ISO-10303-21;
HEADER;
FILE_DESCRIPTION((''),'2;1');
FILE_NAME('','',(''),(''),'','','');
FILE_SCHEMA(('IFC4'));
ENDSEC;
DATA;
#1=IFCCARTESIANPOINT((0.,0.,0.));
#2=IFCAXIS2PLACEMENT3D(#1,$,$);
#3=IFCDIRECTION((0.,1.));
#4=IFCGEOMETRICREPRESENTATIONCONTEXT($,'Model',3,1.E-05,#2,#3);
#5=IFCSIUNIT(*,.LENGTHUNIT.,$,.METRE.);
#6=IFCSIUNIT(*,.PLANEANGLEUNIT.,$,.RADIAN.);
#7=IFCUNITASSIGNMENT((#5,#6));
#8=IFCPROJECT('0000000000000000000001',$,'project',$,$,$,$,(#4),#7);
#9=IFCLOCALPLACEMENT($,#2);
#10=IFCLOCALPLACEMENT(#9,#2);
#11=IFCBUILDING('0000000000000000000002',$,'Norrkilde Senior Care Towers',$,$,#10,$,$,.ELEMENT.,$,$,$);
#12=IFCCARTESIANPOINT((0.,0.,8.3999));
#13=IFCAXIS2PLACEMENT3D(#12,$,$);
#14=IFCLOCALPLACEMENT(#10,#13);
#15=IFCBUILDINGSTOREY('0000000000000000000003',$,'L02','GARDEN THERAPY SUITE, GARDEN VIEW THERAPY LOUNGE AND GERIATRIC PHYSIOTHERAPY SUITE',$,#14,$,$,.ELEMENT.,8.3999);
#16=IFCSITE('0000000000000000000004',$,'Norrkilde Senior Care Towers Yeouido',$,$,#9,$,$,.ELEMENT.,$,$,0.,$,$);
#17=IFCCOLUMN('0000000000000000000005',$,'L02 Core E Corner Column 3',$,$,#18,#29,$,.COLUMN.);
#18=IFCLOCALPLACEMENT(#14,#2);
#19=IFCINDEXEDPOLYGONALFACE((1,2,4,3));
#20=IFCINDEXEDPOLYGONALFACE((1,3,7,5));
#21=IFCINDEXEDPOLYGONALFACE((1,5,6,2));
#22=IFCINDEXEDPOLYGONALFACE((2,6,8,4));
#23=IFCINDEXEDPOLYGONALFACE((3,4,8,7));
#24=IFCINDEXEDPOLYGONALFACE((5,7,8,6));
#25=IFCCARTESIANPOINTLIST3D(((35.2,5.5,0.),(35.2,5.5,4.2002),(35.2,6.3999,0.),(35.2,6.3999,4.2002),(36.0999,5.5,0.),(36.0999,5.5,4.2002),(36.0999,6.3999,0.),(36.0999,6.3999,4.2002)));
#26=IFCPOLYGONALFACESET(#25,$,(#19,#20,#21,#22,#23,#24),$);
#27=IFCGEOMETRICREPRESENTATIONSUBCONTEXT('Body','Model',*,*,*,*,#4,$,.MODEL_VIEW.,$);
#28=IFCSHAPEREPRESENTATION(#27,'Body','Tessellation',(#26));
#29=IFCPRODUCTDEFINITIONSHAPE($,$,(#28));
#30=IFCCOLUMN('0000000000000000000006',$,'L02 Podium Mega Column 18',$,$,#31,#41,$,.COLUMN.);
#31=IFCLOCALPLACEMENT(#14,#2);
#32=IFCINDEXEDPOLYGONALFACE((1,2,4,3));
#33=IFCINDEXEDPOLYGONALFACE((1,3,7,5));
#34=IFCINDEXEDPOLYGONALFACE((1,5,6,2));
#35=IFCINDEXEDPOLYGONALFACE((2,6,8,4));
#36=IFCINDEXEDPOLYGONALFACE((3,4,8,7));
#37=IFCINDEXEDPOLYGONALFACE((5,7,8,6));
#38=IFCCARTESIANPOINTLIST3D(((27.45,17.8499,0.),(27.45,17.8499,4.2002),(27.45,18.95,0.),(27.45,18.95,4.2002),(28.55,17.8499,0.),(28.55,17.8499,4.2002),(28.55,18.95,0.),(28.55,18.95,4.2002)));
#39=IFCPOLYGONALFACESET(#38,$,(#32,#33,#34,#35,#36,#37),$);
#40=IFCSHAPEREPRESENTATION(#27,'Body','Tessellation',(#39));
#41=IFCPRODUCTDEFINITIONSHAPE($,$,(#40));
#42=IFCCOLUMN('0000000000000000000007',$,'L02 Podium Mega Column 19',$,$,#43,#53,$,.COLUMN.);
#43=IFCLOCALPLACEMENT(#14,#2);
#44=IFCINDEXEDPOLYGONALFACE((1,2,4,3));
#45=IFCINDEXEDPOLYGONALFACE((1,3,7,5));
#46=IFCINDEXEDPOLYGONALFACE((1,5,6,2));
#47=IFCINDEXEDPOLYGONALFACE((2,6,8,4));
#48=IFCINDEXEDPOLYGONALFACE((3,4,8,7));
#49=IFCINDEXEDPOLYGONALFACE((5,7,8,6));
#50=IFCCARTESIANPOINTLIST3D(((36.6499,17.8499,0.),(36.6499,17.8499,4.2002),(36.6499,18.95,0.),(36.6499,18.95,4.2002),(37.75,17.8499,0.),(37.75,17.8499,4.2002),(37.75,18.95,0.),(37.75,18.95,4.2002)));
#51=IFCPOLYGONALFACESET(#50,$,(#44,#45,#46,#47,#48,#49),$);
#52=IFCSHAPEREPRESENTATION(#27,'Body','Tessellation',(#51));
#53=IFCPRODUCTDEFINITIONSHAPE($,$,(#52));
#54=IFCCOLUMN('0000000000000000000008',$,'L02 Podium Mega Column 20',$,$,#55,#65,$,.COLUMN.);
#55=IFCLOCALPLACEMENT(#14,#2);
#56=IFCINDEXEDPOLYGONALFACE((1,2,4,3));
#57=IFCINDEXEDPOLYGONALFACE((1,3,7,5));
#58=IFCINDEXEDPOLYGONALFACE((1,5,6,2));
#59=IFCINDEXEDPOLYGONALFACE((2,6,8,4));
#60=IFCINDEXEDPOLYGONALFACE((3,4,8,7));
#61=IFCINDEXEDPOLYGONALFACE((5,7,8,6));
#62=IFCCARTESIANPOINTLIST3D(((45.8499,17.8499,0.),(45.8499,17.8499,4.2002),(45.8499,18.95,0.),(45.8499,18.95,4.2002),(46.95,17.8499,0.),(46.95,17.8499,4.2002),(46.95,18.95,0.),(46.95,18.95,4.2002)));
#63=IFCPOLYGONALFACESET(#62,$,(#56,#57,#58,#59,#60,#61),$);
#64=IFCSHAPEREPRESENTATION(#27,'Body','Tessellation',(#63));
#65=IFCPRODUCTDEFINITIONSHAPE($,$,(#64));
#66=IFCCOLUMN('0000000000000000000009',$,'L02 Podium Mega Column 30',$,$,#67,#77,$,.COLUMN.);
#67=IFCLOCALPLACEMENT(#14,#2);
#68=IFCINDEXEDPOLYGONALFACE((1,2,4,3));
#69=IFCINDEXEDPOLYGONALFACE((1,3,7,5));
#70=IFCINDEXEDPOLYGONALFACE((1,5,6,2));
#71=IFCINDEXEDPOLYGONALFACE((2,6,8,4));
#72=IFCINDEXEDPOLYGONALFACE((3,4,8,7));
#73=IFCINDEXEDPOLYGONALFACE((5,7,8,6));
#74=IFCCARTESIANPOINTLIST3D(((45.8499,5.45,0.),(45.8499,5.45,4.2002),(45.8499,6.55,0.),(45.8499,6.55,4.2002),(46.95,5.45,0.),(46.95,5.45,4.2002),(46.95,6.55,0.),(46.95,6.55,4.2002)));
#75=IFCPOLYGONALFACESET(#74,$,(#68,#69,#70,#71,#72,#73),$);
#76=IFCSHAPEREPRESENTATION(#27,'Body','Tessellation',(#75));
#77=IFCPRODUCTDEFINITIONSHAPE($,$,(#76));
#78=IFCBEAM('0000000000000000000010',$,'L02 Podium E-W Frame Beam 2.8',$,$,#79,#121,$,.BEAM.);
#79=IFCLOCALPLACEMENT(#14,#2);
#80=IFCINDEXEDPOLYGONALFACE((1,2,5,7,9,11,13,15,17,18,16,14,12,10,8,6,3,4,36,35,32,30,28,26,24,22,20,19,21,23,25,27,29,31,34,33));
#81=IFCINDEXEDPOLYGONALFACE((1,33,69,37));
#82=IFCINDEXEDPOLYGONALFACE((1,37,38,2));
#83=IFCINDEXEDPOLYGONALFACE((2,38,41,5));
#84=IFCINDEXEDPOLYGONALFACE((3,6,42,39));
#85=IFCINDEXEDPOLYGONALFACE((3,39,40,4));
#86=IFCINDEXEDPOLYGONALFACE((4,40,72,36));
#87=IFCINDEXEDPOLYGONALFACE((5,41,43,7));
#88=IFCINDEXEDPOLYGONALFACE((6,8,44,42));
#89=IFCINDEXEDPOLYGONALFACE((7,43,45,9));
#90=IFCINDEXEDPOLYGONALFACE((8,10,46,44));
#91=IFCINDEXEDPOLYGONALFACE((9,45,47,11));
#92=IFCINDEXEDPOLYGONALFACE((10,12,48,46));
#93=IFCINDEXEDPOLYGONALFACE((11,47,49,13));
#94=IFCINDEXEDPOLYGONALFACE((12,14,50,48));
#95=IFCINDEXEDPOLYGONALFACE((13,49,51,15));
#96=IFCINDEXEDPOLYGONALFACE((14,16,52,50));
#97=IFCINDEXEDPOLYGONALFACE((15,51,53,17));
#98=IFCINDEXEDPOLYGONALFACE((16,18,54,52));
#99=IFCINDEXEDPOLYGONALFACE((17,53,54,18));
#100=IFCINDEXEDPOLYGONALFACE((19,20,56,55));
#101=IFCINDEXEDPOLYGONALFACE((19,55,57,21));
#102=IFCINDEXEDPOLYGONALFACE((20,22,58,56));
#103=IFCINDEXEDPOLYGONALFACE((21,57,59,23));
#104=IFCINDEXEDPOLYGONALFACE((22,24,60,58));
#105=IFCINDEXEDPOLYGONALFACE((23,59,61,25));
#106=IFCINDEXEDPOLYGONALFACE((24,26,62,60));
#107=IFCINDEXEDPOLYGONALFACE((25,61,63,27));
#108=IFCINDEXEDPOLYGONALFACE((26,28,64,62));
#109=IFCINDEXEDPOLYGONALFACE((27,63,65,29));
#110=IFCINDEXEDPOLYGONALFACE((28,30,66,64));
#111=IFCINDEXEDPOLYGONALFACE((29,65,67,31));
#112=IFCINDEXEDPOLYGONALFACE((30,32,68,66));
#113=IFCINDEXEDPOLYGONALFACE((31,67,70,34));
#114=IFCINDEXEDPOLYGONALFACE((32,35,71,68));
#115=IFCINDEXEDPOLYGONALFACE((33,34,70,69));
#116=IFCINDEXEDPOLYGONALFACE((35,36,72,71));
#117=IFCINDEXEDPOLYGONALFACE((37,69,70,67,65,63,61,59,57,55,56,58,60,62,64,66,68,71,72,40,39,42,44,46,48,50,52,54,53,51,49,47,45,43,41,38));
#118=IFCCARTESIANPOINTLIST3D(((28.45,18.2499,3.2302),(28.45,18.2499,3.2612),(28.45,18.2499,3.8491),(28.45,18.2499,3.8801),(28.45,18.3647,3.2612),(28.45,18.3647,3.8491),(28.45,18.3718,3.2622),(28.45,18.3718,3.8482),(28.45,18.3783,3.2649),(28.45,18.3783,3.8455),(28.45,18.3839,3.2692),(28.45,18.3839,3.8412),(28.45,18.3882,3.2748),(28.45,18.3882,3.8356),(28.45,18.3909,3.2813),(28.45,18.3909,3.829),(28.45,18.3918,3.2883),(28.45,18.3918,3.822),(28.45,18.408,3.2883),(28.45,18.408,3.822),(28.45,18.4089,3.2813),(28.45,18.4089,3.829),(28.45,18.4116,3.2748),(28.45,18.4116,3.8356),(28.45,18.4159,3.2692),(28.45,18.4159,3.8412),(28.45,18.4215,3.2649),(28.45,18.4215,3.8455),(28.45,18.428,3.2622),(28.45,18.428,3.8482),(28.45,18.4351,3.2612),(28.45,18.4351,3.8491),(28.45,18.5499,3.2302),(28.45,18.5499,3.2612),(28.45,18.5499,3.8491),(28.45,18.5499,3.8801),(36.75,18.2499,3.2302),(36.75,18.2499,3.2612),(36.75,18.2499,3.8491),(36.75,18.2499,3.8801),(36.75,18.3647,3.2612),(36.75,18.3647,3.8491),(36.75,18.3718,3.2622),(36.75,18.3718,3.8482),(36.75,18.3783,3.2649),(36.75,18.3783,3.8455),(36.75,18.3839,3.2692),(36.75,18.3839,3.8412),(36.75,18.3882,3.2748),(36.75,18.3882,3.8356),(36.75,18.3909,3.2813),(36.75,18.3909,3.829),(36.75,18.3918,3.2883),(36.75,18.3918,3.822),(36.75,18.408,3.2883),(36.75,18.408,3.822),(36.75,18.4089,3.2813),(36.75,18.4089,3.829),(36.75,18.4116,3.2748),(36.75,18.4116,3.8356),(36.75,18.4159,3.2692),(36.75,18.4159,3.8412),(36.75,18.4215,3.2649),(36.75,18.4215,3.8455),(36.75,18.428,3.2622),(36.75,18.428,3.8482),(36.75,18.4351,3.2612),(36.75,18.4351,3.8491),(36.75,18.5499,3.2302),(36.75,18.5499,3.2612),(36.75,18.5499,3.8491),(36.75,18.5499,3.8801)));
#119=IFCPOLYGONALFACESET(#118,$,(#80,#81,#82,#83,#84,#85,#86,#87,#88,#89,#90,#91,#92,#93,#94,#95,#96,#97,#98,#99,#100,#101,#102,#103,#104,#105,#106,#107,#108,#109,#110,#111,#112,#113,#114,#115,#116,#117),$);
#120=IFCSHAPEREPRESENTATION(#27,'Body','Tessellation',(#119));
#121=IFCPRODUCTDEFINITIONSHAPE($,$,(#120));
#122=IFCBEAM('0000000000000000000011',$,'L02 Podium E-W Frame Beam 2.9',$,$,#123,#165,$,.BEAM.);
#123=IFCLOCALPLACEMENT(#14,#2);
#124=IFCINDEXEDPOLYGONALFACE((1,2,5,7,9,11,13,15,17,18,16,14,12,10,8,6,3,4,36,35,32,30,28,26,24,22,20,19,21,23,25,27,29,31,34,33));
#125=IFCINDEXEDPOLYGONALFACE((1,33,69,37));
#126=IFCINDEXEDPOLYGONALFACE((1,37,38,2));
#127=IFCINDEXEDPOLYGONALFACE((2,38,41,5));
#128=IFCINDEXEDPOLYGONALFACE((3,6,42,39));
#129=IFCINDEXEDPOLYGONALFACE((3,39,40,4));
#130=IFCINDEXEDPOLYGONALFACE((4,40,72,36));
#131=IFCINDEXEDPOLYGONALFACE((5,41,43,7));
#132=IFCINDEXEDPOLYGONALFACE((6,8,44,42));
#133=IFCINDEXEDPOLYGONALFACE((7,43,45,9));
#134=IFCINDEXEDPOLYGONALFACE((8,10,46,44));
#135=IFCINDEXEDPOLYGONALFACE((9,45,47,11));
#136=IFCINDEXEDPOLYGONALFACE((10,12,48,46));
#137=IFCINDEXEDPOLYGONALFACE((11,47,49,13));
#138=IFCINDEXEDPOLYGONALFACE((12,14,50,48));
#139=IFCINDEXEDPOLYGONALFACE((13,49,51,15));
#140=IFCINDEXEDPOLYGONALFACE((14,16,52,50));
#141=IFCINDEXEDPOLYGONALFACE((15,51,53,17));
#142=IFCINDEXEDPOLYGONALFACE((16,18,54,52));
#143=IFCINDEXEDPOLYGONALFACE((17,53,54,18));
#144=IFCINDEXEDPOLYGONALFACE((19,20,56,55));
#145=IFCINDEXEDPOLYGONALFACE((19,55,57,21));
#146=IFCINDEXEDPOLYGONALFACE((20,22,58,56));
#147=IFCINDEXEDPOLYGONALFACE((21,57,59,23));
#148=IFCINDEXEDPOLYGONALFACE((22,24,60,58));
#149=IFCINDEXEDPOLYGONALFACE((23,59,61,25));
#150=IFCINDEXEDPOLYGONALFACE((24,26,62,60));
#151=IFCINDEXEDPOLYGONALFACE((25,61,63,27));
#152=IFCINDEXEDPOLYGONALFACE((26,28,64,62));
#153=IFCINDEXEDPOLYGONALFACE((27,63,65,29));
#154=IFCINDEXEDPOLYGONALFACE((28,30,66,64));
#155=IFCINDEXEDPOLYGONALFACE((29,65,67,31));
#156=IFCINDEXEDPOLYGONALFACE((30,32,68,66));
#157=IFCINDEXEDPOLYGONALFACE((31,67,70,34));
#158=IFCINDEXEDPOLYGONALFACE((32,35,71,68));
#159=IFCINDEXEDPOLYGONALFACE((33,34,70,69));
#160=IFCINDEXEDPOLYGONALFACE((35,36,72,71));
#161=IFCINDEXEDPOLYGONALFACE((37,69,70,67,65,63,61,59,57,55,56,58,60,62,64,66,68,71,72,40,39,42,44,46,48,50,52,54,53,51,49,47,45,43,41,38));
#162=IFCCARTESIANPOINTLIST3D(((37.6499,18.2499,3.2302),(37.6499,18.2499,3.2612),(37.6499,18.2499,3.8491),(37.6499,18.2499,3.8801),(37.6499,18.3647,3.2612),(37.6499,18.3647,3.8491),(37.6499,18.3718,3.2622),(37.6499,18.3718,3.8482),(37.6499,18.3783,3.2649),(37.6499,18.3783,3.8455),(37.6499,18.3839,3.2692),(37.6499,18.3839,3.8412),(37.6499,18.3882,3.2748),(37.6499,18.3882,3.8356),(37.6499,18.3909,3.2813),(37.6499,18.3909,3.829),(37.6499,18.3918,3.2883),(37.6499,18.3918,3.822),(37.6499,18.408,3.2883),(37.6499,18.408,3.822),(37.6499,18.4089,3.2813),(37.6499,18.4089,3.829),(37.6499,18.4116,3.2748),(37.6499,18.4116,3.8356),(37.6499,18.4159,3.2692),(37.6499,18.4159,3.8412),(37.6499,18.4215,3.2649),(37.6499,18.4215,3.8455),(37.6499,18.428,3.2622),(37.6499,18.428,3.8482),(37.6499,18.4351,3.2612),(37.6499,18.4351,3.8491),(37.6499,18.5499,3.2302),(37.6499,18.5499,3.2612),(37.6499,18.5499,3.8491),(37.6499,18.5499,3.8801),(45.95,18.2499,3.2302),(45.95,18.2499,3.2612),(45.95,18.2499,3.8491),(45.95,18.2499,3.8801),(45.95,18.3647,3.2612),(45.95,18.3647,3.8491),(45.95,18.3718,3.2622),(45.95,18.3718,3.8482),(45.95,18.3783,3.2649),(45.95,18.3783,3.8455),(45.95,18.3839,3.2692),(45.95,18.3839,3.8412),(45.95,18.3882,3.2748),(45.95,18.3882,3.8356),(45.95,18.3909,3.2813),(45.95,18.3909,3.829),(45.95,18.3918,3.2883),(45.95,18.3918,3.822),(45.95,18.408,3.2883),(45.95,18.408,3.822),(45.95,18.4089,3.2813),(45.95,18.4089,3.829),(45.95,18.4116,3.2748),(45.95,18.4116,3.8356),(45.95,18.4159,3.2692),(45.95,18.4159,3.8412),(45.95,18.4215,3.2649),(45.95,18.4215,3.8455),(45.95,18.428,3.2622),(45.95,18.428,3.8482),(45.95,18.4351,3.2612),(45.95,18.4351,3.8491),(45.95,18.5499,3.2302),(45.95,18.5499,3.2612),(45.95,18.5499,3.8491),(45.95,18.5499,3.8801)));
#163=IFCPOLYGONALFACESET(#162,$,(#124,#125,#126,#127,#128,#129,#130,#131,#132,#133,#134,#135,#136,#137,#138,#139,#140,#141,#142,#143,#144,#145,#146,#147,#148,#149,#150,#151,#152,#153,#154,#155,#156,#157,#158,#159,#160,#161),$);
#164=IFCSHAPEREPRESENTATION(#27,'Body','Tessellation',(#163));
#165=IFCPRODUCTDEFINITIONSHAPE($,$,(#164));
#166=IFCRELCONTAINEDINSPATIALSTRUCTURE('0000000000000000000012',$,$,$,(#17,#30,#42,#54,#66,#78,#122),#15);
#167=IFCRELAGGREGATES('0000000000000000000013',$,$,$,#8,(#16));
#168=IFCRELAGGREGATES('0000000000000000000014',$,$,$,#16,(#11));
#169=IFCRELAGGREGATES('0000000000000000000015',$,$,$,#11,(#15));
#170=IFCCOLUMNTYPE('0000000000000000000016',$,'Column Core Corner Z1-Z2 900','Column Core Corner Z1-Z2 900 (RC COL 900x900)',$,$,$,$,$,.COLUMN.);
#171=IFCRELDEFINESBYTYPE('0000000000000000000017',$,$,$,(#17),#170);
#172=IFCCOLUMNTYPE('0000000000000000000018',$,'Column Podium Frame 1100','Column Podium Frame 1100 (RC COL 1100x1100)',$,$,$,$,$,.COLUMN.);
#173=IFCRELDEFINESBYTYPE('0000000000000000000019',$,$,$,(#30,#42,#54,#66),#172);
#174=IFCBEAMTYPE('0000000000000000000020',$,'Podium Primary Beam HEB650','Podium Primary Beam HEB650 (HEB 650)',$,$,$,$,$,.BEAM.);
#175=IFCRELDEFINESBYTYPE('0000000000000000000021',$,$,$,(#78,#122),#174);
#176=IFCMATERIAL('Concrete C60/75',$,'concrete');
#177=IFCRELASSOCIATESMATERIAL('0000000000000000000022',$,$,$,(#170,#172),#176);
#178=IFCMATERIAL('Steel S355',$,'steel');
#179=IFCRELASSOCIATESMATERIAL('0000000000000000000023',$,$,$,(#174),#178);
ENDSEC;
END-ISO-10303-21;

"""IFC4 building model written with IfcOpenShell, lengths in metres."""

from ifc_helpers import new_model, si_unit, direction, frame, origin, origin_2d, place, context, subcontext, project, spatial, rectangle, i_section, extrude, source, transform, mapped, material, material_profile, profile_set, type_object, type_shapes, element, save


model = new_model("IFC4")

# Units and contexts
model_context = context("Model", 3, precision=1e-05, world=origin(), true_north=direction((0.0, 1.0)))
body_context = subcontext(model_context, "Body", "Model", "MODEL_VIEW")
ifc_project = project(units=[si_unit("LENGTHUNIT", "METRE"), si_unit("PLANEANGLEUNIT", "RADIAN")], contexts=[model_context])

# Site, building, storey
site_placement = place(None, origin())
site = spatial("IfcSite", under=ifc_project, at=site_placement, Name="Norrkilde Senior Care Towers Yeouido", CompositionType="ELEMENT", RefElevation=0.0)
building_placement = place(site_placement, origin())
building = spatial("IfcBuilding", under=site, at=building_placement, Name="Norrkilde Senior Care Towers", CompositionType="ELEMENT")
storey_placement = place(building_placement, frame((0.0, 0.0, 8.3999)))
storey = spatial("IfcBuildingStorey", under=building, at=storey_placement, Name="L02", Description="GARDEN THERAPY SUITE, GARDEN VIEW THERAPY LOUNGE AND GERIATRIC PHYSIOTHERAPY SUITE", CompositionType="ELEMENT", Elevation=8.3999)

# Columns
ifc_material_1 = material(Name="Concrete C60/75", Category="concrete")
ifc_material_profile_1 = material_profile(ifc_material_1, rectangle(XDim=0.8999, YDim=0.8999, at=origin_2d()), Name="RC COL 900x900")
ifc_profile_set_1 = profile_set([ifc_material_profile_1], Name="Concrete C60/75")
column_type_1 = type_object("IfcColumnType", Name="Column Core Corner Z1-Z2 900", Description="Column Core Corner Z1-Z2 900 (RC COL 900x900)", PredefinedType="COLUMN", material=ifc_profile_set_1)
shared_shape_1 = source(origin(), body_context, "Body", "SweptSolid", [
    extrude(rectangle(XDim=0.8999, YDim=0.8999, at=origin_2d()), origin(), (0.0, 0.0, 1.0), 4.2002),
])
type_shapes(column_type_1, [shared_shape_1])
column_placement = place(storey_placement, frame((35.6499, 5.95, 0.0), z_axis=(0.0, 0.0, 1.0), x_axis=(1.0, 0.0, 0.0)))
element("IfcColumn", 1, at=column_placement, inside=storey, type_object=column_type_1, Name="L02 Core E Corner Column 3", PredefinedType="COLUMN", context=body_context, shape_type="MappedRepresentation", body=[
    mapped(shared_shape_1, transform((0.0, 0.0, 0.0), x_axis=(1.0, 0.0, 0.0), y_axis=(0.0, 1.0, 0.0), z_axis=(0.0, 0.0, 1.0), scale=1.0)),
])
ifc_material_profile_2 = material_profile(ifc_material_1, rectangle(XDim=1.1001, YDim=1.1001, at=origin_2d()), Name="RC COL 1100x1100")
ifc_profile_set_2 = profile_set([ifc_material_profile_2], Name="Concrete C60/75")
column_type_2 = type_object("IfcColumnType", Name="Column Podium Frame 1100", Description="Column Podium Frame 1100 (RC COL 1100x1100)", PredefinedType="COLUMN", material=ifc_profile_set_2)
shared_shape_2 = source(origin(), body_context, "Body", "SweptSolid", [
    extrude(rectangle(XDim=1.1001, YDim=1.1001, at=origin_2d()), origin(), (0.0, 0.0, 1.0), 4.2002),
])
type_shapes(column_type_2, [shared_shape_2])
for number, where, z_axis, x_axis, name in (
    (2, (28.0, 18.3999, 0.0), (0.0, 0.0, 1.0), (1.0, 0.0, 0.0), "L02 Podium Mega Column 18"),
    (3, (37.2, 18.3999, 0.0), (0.0, 0.0, 1.0), (1.0, 0.0, 0.0), "L02 Podium Mega Column 19"),
    (4, (46.3999, 18.3999, 0.0), (0.0, 0.0, 1.0), (1.0, 0.0, 0.0), "L02 Podium Mega Column 20"),
    (5, (46.3999, 6.0, 0.0), (0.0, 0.0, 1.0), (1.0, 0.0, 0.0), "L02 Podium Mega Column 30"),
):
    element("IfcColumn", number, at=place(storey_placement, frame(where, z_axis=z_axis, x_axis=x_axis)), inside=storey, type_object=column_type_2, Name=name, PredefinedType="COLUMN", context=body_context, shape_type="MappedRepresentation", body=[
        mapped(shared_shape_2, transform((0.0, 0.0, 0.0), x_axis=(1.0, 0.0, 0.0), y_axis=(0.0, 1.0, 0.0), z_axis=(0.0, 0.0, 1.0), scale=1.0)),
    ])

# Beams
ifc_material_2 = material(Name="Steel S355", Category="steel")
ifc_material_profile_3 = material_profile(ifc_material_2, i_section(OverallWidth=0.3, OverallDepth=0.6499, WebThickness=0.0161, FlangeThickness=0.031, FilletRadius=0.0271, at=origin_2d()), Name="HEB 650")
ifc_profile_set_3 = profile_set([ifc_material_profile_3], Name="Steel S355")
beam_type = type_object("IfcBeamType", Name="Podium Primary Beam HEB650", Description="Podium Primary Beam HEB650 (HEB 650)", PredefinedType="BEAM", material=ifc_profile_set_3)
shared_shape_3 = source(origin(), body_context, "Body", "SweptSolid", [
    extrude(i_section(OverallWidth=0.3, OverallDepth=0.6499, WebThickness=0.0161, FlangeThickness=0.031, FilletRadius=0.0271, at=origin_2d()), origin(), (0.0, 0.0, 1.0), 8.3),
])
for number, where, z_axis, x_axis, name in (
    (6, (28.45, 18.3999, 3.5552), (1.0, 0.0, 0.0), (0.0, 1.0, 0.0), "L02 Podium E-W Frame Beam 2.8"),
    (7, (37.6499, 18.3999, 3.5552), (1.0, 0.0, 0.0), (0.0, 1.0, 0.0), "L02 Podium E-W Frame Beam 2.9"),
):
    element("IfcBeam", number, at=place(storey_placement, frame(where, z_axis=z_axis, x_axis=x_axis)), inside=storey, type_object=beam_type, Name=name, PredefinedType="BEAM", context=body_context, shape_type="MappedRepresentation", body=[
        mapped(shared_shape_3, transform((0.0, 0.0, 0.0), x_axis=(1.0, 0.0, 0.0), y_axis=(0.0, 1.0, 0.0), z_axis=(0.0, 0.0, 1.0), scale=1.0)),
    ])

save(model, "model.ifc")
